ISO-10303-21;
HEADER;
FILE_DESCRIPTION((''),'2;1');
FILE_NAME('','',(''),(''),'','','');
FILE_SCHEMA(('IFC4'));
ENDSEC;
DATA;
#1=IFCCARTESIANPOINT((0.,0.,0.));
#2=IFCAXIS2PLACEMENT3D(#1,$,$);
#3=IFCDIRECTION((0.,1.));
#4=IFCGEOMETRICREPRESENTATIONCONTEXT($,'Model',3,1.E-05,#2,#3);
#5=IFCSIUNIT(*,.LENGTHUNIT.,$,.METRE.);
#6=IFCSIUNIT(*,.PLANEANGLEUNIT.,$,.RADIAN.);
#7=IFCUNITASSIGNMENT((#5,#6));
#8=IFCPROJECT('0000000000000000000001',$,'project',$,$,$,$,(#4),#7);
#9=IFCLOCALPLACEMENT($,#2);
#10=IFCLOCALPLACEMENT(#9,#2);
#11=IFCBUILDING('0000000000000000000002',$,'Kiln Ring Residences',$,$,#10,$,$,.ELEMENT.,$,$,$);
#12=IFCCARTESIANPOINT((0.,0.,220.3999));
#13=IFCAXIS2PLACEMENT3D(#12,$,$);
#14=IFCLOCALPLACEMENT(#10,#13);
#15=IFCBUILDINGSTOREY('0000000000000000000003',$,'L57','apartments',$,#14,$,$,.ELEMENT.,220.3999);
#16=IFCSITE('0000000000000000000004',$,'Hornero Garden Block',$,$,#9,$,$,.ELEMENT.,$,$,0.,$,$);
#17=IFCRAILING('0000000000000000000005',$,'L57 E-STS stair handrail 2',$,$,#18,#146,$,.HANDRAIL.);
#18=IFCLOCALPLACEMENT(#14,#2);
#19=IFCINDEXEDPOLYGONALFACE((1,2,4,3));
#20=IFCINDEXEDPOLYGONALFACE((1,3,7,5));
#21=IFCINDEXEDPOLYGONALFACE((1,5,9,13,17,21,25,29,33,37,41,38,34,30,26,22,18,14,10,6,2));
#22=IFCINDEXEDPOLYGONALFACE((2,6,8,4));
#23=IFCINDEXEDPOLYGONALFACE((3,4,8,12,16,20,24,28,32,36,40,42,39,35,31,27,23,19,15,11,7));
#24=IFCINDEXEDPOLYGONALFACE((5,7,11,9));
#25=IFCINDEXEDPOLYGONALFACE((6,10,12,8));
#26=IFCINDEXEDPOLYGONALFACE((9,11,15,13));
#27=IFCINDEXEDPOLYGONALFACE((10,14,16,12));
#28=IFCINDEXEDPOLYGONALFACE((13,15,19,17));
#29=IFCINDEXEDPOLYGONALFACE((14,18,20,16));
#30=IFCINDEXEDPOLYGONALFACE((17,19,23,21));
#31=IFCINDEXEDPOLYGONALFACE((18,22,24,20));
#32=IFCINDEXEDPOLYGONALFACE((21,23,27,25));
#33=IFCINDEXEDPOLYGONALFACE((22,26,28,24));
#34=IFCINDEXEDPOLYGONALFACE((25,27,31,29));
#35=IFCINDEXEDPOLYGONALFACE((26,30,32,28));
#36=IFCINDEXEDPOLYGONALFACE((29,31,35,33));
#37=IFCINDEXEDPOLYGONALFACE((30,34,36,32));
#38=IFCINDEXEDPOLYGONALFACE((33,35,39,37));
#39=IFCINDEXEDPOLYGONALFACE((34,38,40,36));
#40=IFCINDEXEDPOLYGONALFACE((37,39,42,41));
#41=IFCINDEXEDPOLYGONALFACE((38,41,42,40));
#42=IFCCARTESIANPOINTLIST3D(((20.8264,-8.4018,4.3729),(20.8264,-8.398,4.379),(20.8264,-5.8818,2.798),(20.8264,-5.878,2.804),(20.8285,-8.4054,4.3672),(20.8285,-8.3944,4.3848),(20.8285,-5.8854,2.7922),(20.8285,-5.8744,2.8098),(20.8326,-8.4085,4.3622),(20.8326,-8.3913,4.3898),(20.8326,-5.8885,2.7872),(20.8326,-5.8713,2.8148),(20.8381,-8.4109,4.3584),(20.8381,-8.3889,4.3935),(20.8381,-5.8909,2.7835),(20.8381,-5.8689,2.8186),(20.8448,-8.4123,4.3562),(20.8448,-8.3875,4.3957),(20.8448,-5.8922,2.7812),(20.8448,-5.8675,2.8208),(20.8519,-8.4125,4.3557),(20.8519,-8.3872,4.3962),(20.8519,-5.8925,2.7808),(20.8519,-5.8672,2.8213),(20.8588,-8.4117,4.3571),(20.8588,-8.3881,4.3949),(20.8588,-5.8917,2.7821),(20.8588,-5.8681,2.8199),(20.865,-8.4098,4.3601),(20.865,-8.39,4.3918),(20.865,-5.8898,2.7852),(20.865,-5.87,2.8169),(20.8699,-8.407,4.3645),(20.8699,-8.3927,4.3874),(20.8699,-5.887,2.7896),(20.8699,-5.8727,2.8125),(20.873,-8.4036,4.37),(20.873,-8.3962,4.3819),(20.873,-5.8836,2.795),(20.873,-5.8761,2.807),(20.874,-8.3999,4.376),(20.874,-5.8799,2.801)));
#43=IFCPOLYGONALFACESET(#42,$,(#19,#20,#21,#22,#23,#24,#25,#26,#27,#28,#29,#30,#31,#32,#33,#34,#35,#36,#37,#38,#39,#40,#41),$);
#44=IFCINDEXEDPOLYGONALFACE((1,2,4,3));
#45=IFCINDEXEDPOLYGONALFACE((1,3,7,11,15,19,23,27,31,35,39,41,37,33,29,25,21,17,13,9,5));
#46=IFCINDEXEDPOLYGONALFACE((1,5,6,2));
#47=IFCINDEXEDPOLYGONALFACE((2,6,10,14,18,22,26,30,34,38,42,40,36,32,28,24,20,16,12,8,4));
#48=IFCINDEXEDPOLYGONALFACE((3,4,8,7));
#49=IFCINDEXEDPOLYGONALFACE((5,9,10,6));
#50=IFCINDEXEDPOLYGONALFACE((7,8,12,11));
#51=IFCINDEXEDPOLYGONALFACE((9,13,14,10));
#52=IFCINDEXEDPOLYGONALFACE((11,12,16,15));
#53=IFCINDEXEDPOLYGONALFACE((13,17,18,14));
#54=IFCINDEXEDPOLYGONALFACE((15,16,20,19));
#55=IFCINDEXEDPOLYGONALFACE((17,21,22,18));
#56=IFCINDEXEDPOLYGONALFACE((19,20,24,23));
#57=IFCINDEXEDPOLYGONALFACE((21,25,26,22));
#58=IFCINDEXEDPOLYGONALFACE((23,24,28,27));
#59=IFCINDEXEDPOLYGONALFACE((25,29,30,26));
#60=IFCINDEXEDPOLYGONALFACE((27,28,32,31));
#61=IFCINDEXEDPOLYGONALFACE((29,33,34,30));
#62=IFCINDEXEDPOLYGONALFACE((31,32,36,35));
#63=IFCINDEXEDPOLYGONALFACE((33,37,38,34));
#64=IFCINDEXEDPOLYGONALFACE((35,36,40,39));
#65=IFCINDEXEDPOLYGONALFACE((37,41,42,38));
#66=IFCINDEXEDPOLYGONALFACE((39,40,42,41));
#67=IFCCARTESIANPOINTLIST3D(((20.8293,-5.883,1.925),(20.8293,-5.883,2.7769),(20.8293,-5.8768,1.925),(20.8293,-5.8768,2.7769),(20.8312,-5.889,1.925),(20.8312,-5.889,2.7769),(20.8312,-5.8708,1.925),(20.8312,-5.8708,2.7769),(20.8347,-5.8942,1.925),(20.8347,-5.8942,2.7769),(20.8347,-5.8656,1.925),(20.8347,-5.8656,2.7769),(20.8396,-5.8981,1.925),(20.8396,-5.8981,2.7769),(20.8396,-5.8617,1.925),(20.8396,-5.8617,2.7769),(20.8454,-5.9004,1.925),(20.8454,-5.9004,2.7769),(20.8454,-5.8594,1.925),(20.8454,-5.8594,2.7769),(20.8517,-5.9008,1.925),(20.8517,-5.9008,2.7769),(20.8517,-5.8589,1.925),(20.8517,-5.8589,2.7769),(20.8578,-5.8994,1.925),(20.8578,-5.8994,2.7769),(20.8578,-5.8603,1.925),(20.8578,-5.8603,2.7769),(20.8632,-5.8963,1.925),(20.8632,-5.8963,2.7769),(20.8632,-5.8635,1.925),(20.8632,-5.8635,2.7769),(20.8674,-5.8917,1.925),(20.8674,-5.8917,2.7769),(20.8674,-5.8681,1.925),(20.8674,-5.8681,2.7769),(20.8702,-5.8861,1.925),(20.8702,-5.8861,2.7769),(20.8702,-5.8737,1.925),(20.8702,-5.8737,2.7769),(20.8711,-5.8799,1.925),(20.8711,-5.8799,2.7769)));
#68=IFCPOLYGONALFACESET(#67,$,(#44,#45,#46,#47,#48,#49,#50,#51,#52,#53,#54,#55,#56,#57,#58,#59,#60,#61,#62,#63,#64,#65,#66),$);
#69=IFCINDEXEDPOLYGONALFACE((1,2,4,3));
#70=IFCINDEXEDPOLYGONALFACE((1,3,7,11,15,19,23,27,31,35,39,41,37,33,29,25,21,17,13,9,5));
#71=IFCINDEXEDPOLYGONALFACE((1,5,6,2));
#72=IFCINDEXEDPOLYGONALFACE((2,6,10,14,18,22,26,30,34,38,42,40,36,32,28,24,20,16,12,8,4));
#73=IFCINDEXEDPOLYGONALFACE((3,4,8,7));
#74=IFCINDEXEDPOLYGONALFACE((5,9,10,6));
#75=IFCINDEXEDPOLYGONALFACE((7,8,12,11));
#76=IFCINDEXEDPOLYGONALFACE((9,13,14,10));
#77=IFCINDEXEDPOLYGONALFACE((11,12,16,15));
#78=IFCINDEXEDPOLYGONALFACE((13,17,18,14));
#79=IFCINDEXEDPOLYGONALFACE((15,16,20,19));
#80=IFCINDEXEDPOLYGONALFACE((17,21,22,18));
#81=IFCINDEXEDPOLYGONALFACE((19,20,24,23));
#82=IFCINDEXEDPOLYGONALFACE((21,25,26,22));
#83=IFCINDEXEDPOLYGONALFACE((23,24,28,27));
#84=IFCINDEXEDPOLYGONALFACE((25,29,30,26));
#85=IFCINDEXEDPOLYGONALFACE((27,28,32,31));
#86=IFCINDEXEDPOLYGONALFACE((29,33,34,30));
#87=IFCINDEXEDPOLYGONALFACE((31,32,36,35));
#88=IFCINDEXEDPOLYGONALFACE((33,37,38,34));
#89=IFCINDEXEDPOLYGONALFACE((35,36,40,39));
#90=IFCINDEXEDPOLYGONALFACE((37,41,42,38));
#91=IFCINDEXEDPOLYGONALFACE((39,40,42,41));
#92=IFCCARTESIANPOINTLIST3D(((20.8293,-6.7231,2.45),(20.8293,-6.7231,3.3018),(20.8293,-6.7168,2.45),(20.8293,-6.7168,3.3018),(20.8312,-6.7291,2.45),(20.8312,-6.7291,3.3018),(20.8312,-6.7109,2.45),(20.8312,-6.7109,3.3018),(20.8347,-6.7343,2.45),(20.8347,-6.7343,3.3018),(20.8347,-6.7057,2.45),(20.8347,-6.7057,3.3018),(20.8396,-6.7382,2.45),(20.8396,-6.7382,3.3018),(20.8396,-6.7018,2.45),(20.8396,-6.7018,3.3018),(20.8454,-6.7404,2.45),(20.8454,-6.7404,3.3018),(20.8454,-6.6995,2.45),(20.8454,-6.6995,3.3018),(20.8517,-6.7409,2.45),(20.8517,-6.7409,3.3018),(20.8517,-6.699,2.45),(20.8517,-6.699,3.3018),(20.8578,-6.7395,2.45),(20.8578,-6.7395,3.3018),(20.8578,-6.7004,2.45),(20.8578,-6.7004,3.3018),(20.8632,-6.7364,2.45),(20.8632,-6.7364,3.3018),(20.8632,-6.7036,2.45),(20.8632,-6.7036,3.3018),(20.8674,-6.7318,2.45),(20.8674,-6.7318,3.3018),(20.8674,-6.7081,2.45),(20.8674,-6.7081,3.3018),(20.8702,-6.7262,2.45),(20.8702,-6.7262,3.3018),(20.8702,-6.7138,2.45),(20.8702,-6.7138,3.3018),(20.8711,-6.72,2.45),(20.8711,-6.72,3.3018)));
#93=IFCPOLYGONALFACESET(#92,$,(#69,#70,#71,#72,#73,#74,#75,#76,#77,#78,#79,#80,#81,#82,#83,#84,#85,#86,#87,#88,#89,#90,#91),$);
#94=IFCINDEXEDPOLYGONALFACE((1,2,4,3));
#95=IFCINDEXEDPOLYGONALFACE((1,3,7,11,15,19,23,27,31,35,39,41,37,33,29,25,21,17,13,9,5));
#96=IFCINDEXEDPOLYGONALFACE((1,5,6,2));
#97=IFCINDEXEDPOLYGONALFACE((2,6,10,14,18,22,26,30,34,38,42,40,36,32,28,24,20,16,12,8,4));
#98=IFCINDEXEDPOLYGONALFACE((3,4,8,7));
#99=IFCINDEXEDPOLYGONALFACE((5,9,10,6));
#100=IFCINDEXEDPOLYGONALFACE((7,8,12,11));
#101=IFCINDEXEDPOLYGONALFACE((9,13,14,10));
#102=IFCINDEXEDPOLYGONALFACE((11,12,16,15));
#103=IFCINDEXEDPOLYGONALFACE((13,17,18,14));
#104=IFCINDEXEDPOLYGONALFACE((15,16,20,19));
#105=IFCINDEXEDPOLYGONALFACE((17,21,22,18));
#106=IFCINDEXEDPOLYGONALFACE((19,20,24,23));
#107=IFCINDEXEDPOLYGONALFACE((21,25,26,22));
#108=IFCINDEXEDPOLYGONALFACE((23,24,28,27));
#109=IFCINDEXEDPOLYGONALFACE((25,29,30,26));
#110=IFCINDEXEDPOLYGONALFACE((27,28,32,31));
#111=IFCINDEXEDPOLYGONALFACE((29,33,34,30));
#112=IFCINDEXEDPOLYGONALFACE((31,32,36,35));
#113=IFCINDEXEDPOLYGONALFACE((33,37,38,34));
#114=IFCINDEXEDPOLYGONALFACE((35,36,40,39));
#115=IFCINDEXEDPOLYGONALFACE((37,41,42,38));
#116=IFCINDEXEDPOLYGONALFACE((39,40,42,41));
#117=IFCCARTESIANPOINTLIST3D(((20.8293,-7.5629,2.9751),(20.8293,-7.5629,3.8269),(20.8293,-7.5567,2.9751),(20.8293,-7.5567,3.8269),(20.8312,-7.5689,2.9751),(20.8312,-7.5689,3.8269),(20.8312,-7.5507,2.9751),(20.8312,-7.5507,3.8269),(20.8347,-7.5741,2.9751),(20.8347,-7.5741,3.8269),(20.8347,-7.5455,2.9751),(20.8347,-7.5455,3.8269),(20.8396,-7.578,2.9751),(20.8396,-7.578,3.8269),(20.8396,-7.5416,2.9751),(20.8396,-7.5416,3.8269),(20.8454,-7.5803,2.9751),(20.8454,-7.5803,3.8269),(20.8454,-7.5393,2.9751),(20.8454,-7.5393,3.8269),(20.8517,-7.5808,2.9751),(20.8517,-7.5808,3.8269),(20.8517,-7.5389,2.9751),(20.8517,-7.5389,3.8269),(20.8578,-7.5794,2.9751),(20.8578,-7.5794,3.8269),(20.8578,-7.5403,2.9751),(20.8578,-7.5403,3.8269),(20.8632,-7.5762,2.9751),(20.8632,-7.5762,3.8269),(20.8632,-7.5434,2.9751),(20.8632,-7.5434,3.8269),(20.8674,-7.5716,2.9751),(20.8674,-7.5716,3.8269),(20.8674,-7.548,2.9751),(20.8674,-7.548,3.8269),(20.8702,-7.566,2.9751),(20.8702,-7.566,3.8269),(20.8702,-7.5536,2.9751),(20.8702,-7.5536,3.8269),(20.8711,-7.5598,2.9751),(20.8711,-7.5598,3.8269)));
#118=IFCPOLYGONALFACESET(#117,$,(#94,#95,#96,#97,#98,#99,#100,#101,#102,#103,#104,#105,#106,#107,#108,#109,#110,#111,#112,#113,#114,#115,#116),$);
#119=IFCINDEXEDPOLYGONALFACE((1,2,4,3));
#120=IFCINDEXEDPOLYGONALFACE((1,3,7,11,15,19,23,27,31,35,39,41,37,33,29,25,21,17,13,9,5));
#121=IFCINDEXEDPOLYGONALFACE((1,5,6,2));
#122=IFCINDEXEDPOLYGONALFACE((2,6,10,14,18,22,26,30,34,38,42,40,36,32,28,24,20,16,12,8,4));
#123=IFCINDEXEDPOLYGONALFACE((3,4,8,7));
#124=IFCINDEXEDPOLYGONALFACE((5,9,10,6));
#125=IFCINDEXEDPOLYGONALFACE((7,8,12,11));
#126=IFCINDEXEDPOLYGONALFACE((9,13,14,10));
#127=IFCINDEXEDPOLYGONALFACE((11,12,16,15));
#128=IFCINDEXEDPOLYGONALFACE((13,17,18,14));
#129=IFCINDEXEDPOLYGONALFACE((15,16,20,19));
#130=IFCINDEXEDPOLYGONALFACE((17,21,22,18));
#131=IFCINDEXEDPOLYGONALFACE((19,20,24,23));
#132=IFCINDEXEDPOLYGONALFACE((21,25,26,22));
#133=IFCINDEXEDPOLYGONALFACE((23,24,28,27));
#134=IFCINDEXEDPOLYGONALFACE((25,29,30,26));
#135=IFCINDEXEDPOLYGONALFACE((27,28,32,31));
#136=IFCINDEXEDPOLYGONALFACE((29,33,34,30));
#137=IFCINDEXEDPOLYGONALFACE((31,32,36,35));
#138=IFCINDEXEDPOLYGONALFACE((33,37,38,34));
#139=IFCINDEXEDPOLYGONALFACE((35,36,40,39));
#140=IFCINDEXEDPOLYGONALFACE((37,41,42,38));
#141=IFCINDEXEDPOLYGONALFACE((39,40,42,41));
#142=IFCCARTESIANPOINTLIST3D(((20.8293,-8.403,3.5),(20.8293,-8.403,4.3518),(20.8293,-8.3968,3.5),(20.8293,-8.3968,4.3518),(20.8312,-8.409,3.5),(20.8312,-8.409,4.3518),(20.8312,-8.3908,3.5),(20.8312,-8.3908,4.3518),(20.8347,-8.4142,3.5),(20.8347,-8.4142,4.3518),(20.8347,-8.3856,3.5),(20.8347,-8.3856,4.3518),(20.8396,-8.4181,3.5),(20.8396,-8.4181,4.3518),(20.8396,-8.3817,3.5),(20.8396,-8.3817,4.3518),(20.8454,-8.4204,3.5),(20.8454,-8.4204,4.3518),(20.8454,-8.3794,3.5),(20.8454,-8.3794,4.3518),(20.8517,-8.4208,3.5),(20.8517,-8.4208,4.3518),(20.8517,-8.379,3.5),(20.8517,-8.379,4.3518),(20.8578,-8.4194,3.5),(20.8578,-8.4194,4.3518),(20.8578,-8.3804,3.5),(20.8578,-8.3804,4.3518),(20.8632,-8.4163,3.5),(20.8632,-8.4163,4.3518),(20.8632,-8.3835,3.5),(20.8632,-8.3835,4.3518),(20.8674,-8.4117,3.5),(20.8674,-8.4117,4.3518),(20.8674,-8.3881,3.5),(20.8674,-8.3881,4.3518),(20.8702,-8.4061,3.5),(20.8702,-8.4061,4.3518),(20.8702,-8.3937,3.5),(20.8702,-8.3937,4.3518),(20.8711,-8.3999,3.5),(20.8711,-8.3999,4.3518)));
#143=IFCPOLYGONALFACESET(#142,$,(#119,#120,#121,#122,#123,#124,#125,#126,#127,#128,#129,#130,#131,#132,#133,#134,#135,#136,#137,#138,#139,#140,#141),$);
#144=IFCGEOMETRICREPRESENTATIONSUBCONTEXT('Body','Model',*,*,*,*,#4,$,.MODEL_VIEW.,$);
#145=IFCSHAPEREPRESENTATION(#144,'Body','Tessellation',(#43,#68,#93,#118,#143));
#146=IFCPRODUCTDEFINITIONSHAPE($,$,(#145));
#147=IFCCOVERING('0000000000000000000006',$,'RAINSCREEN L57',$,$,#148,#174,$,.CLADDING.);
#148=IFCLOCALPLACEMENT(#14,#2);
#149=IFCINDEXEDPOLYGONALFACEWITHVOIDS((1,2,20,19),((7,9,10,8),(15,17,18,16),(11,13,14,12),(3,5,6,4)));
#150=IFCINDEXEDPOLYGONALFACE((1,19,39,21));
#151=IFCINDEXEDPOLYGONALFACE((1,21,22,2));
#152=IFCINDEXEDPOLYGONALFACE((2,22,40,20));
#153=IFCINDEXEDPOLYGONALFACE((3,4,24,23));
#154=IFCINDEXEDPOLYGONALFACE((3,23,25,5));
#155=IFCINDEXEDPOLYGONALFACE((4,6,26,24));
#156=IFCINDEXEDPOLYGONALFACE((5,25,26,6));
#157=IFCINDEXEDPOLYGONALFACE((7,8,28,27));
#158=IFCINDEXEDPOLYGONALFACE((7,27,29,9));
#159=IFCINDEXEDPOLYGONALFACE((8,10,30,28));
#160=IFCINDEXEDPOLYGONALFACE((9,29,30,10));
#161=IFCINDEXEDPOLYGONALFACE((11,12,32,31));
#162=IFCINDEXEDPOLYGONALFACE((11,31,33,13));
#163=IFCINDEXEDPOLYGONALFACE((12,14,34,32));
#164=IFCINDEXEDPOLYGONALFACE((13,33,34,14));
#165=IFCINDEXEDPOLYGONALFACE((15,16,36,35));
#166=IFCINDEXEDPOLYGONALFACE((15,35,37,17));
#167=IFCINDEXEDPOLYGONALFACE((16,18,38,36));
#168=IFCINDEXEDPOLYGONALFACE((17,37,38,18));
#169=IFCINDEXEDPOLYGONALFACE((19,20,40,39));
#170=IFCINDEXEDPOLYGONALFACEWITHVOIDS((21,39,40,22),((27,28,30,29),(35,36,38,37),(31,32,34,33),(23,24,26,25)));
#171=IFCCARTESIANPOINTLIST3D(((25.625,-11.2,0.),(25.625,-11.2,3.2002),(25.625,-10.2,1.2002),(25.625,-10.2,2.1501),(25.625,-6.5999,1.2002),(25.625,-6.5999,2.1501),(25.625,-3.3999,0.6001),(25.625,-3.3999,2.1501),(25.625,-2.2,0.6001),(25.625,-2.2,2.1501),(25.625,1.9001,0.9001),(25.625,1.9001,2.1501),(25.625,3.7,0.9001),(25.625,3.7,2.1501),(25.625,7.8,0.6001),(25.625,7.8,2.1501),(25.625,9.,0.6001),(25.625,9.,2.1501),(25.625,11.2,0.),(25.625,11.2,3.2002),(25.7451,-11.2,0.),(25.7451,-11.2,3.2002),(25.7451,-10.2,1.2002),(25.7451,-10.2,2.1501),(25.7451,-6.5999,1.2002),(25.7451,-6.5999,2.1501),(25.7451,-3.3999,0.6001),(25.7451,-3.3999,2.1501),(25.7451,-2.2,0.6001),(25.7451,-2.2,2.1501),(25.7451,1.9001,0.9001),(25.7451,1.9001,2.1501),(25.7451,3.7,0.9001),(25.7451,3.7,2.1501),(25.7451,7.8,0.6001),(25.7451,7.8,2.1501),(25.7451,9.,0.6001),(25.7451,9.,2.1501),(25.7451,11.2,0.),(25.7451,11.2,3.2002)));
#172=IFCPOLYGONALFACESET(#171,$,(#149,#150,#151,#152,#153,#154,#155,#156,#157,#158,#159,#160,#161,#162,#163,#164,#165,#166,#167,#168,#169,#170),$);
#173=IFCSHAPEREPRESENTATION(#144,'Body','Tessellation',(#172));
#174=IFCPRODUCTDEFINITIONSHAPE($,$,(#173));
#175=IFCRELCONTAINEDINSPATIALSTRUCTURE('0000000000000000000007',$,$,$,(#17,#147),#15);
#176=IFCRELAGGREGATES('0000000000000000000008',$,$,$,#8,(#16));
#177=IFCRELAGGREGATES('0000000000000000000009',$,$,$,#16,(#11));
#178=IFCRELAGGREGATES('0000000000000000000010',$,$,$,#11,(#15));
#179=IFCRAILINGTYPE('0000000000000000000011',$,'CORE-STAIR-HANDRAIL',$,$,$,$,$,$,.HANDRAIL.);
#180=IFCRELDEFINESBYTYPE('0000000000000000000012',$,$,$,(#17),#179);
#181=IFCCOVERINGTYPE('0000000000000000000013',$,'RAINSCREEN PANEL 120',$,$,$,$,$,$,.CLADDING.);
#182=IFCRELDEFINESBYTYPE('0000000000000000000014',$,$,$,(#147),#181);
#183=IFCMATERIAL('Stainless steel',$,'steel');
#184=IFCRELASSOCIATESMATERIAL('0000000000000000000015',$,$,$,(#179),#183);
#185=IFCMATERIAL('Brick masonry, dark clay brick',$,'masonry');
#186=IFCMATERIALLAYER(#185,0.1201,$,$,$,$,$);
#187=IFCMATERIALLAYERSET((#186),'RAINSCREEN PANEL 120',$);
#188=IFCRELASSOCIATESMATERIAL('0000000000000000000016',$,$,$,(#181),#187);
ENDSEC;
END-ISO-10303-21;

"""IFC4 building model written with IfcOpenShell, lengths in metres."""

from ifc_helpers import new_model, si_unit, direction, frame, origin, origin_2d, place, context, subcontext, project, spatial, polyline, circle, outline, extrude, material, layer, layer_set, type_object, element, save


model = new_model("IFC4")

# Units and contexts
model_context = context("Model", 3, precision=1e-05, world=origin(), true_north=direction((0.0, 1.0)))
body_context = subcontext(model_context, "Body", "Model", "MODEL_VIEW")
ifc_project = project(units=[si_unit("LENGTHUNIT", "METRE"), si_unit("PLANEANGLEUNIT", "RADIAN")], contexts=[model_context])

# Site, building, storey
site_placement = place(None, origin())
site = spatial("IfcSite", under=ifc_project, at=site_placement, Name="Hornero Garden Block", CompositionType="ELEMENT", RefElevation=0.0)
building_placement = place(site_placement, origin())
building = spatial("IfcBuilding", under=site, at=building_placement, Name="Kiln Ring Residences", CompositionType="ELEMENT")
storey_placement = place(building_placement, frame((0.0, 0.0, 220.3999)))
storey = spatial("IfcBuildingStorey", under=building, at=storey_placement, Name="L57", Description="apartments", CompositionType="ELEMENT", Elevation=220.3999)

# Railing
ifc_material_1 = material(Name="Stainless steel", Category="steel")
railing_type_1 = type_object("IfcRailingType", Name="CORE-STAIR-HANDRAIL", PredefinedType="HANDRAIL", material=ifc_material_1)
railing_1_placement = place(storey_placement, frame((20.8501, -5.8799, 1.925)))
element("IfcRailing", 1, at=railing_1_placement, inside=storey, type_object=railing_type_1, Name="L57 E-STS stair handrail 2", PredefinedType="HANDRAIL", context=body_context, shape_type="SweptSolid", body=[
    extrude(circle(Radius=0.0239, at=origin_2d()), frame((0.0, 0.0, 0.876), z_axis=(0.0, -0.848008, 0.529984), x_axis=(1.0, 0.0, 0.0)), (0.0, 0.0, 1.0), 2.9717),
    extrude(circle(Radius=0.021, at=origin_2d()), origin(), (0.0, 0.0, 1.0), 0.8518),
    extrude(circle(Radius=0.021, at=origin_2d()), frame((0.0, -0.8401, 0.5249)), (0.0, 0.0, 1.0), 0.8518),
    extrude(circle(Radius=0.021, at=origin_2d()), frame((0.0, -1.6799, 1.05)), (0.0, 0.0, 1.0), 0.8518),
    extrude(circle(Radius=0.021, at=origin_2d()), frame((0.0, -2.52, 1.575)), (0.0, 0.0, 1.0), 0.8518),
])

# Covering
ifc_material_2 = material(Name="Brick masonry, dark clay brick", Category="masonry")
ifc_layer_1 = layer(ifc_material_2, 0.1201)
ifc_layer_set_1 = layer_set([ifc_layer_1], Name="RAINSCREEN PANEL 120")
covering_type = type_object("IfcCoveringType", Name="RAINSCREEN PANEL 120", PredefinedType="CLADDING", material=ifc_layer_set_1)
covering_placement = place(storey_placement, frame((25.6851, -11.2, 0.0), z_axis=(0.0, 0.0, 1.0), x_axis=(0.0, 1.0, 0.0)))
element("IfcCovering", 2, at=covering_placement, inside=storey, type_object=covering_type, Name="RAINSCREEN L57", PredefinedType="CLADDING", context=body_context, shape_type="SweptSolid", body=[
    extrude(outline(polyline([(0.0, 0.0), (22.3999, 0.0), (22.3999, 3.2002), (0.0, 3.2002), (0.0, 0.0)]), holes=[polyline([(9.0, 0.6001), (9.0, 2.1501), (7.8, 2.1501), (7.8, 0.6001), (9.0, 0.6001)]), polyline([(20.2, 0.6001), (20.2, 2.1501), (19.0, 2.1501), (19.0, 0.6001), (20.2, 0.6001)]), polyline([(14.8999, 0.9001), (14.8999, 2.1501), (13.1001, 2.1501), (13.1001, 0.9001), (14.8999, 0.9001)]), polyline([(4.6001, 1.2002), (4.6001, 2.1501), (1.0, 2.1501), (1.0, 1.2002), (4.6001, 1.2002)])]), frame((0.0, 0.0601, 0.0), z_axis=(0.0, -1.0, 0.0), x_axis=(1.0, 0.0, 0.0)), (0.0, 0.0, 1.0), 0.1201),
])

save(model, "model.ifc")
